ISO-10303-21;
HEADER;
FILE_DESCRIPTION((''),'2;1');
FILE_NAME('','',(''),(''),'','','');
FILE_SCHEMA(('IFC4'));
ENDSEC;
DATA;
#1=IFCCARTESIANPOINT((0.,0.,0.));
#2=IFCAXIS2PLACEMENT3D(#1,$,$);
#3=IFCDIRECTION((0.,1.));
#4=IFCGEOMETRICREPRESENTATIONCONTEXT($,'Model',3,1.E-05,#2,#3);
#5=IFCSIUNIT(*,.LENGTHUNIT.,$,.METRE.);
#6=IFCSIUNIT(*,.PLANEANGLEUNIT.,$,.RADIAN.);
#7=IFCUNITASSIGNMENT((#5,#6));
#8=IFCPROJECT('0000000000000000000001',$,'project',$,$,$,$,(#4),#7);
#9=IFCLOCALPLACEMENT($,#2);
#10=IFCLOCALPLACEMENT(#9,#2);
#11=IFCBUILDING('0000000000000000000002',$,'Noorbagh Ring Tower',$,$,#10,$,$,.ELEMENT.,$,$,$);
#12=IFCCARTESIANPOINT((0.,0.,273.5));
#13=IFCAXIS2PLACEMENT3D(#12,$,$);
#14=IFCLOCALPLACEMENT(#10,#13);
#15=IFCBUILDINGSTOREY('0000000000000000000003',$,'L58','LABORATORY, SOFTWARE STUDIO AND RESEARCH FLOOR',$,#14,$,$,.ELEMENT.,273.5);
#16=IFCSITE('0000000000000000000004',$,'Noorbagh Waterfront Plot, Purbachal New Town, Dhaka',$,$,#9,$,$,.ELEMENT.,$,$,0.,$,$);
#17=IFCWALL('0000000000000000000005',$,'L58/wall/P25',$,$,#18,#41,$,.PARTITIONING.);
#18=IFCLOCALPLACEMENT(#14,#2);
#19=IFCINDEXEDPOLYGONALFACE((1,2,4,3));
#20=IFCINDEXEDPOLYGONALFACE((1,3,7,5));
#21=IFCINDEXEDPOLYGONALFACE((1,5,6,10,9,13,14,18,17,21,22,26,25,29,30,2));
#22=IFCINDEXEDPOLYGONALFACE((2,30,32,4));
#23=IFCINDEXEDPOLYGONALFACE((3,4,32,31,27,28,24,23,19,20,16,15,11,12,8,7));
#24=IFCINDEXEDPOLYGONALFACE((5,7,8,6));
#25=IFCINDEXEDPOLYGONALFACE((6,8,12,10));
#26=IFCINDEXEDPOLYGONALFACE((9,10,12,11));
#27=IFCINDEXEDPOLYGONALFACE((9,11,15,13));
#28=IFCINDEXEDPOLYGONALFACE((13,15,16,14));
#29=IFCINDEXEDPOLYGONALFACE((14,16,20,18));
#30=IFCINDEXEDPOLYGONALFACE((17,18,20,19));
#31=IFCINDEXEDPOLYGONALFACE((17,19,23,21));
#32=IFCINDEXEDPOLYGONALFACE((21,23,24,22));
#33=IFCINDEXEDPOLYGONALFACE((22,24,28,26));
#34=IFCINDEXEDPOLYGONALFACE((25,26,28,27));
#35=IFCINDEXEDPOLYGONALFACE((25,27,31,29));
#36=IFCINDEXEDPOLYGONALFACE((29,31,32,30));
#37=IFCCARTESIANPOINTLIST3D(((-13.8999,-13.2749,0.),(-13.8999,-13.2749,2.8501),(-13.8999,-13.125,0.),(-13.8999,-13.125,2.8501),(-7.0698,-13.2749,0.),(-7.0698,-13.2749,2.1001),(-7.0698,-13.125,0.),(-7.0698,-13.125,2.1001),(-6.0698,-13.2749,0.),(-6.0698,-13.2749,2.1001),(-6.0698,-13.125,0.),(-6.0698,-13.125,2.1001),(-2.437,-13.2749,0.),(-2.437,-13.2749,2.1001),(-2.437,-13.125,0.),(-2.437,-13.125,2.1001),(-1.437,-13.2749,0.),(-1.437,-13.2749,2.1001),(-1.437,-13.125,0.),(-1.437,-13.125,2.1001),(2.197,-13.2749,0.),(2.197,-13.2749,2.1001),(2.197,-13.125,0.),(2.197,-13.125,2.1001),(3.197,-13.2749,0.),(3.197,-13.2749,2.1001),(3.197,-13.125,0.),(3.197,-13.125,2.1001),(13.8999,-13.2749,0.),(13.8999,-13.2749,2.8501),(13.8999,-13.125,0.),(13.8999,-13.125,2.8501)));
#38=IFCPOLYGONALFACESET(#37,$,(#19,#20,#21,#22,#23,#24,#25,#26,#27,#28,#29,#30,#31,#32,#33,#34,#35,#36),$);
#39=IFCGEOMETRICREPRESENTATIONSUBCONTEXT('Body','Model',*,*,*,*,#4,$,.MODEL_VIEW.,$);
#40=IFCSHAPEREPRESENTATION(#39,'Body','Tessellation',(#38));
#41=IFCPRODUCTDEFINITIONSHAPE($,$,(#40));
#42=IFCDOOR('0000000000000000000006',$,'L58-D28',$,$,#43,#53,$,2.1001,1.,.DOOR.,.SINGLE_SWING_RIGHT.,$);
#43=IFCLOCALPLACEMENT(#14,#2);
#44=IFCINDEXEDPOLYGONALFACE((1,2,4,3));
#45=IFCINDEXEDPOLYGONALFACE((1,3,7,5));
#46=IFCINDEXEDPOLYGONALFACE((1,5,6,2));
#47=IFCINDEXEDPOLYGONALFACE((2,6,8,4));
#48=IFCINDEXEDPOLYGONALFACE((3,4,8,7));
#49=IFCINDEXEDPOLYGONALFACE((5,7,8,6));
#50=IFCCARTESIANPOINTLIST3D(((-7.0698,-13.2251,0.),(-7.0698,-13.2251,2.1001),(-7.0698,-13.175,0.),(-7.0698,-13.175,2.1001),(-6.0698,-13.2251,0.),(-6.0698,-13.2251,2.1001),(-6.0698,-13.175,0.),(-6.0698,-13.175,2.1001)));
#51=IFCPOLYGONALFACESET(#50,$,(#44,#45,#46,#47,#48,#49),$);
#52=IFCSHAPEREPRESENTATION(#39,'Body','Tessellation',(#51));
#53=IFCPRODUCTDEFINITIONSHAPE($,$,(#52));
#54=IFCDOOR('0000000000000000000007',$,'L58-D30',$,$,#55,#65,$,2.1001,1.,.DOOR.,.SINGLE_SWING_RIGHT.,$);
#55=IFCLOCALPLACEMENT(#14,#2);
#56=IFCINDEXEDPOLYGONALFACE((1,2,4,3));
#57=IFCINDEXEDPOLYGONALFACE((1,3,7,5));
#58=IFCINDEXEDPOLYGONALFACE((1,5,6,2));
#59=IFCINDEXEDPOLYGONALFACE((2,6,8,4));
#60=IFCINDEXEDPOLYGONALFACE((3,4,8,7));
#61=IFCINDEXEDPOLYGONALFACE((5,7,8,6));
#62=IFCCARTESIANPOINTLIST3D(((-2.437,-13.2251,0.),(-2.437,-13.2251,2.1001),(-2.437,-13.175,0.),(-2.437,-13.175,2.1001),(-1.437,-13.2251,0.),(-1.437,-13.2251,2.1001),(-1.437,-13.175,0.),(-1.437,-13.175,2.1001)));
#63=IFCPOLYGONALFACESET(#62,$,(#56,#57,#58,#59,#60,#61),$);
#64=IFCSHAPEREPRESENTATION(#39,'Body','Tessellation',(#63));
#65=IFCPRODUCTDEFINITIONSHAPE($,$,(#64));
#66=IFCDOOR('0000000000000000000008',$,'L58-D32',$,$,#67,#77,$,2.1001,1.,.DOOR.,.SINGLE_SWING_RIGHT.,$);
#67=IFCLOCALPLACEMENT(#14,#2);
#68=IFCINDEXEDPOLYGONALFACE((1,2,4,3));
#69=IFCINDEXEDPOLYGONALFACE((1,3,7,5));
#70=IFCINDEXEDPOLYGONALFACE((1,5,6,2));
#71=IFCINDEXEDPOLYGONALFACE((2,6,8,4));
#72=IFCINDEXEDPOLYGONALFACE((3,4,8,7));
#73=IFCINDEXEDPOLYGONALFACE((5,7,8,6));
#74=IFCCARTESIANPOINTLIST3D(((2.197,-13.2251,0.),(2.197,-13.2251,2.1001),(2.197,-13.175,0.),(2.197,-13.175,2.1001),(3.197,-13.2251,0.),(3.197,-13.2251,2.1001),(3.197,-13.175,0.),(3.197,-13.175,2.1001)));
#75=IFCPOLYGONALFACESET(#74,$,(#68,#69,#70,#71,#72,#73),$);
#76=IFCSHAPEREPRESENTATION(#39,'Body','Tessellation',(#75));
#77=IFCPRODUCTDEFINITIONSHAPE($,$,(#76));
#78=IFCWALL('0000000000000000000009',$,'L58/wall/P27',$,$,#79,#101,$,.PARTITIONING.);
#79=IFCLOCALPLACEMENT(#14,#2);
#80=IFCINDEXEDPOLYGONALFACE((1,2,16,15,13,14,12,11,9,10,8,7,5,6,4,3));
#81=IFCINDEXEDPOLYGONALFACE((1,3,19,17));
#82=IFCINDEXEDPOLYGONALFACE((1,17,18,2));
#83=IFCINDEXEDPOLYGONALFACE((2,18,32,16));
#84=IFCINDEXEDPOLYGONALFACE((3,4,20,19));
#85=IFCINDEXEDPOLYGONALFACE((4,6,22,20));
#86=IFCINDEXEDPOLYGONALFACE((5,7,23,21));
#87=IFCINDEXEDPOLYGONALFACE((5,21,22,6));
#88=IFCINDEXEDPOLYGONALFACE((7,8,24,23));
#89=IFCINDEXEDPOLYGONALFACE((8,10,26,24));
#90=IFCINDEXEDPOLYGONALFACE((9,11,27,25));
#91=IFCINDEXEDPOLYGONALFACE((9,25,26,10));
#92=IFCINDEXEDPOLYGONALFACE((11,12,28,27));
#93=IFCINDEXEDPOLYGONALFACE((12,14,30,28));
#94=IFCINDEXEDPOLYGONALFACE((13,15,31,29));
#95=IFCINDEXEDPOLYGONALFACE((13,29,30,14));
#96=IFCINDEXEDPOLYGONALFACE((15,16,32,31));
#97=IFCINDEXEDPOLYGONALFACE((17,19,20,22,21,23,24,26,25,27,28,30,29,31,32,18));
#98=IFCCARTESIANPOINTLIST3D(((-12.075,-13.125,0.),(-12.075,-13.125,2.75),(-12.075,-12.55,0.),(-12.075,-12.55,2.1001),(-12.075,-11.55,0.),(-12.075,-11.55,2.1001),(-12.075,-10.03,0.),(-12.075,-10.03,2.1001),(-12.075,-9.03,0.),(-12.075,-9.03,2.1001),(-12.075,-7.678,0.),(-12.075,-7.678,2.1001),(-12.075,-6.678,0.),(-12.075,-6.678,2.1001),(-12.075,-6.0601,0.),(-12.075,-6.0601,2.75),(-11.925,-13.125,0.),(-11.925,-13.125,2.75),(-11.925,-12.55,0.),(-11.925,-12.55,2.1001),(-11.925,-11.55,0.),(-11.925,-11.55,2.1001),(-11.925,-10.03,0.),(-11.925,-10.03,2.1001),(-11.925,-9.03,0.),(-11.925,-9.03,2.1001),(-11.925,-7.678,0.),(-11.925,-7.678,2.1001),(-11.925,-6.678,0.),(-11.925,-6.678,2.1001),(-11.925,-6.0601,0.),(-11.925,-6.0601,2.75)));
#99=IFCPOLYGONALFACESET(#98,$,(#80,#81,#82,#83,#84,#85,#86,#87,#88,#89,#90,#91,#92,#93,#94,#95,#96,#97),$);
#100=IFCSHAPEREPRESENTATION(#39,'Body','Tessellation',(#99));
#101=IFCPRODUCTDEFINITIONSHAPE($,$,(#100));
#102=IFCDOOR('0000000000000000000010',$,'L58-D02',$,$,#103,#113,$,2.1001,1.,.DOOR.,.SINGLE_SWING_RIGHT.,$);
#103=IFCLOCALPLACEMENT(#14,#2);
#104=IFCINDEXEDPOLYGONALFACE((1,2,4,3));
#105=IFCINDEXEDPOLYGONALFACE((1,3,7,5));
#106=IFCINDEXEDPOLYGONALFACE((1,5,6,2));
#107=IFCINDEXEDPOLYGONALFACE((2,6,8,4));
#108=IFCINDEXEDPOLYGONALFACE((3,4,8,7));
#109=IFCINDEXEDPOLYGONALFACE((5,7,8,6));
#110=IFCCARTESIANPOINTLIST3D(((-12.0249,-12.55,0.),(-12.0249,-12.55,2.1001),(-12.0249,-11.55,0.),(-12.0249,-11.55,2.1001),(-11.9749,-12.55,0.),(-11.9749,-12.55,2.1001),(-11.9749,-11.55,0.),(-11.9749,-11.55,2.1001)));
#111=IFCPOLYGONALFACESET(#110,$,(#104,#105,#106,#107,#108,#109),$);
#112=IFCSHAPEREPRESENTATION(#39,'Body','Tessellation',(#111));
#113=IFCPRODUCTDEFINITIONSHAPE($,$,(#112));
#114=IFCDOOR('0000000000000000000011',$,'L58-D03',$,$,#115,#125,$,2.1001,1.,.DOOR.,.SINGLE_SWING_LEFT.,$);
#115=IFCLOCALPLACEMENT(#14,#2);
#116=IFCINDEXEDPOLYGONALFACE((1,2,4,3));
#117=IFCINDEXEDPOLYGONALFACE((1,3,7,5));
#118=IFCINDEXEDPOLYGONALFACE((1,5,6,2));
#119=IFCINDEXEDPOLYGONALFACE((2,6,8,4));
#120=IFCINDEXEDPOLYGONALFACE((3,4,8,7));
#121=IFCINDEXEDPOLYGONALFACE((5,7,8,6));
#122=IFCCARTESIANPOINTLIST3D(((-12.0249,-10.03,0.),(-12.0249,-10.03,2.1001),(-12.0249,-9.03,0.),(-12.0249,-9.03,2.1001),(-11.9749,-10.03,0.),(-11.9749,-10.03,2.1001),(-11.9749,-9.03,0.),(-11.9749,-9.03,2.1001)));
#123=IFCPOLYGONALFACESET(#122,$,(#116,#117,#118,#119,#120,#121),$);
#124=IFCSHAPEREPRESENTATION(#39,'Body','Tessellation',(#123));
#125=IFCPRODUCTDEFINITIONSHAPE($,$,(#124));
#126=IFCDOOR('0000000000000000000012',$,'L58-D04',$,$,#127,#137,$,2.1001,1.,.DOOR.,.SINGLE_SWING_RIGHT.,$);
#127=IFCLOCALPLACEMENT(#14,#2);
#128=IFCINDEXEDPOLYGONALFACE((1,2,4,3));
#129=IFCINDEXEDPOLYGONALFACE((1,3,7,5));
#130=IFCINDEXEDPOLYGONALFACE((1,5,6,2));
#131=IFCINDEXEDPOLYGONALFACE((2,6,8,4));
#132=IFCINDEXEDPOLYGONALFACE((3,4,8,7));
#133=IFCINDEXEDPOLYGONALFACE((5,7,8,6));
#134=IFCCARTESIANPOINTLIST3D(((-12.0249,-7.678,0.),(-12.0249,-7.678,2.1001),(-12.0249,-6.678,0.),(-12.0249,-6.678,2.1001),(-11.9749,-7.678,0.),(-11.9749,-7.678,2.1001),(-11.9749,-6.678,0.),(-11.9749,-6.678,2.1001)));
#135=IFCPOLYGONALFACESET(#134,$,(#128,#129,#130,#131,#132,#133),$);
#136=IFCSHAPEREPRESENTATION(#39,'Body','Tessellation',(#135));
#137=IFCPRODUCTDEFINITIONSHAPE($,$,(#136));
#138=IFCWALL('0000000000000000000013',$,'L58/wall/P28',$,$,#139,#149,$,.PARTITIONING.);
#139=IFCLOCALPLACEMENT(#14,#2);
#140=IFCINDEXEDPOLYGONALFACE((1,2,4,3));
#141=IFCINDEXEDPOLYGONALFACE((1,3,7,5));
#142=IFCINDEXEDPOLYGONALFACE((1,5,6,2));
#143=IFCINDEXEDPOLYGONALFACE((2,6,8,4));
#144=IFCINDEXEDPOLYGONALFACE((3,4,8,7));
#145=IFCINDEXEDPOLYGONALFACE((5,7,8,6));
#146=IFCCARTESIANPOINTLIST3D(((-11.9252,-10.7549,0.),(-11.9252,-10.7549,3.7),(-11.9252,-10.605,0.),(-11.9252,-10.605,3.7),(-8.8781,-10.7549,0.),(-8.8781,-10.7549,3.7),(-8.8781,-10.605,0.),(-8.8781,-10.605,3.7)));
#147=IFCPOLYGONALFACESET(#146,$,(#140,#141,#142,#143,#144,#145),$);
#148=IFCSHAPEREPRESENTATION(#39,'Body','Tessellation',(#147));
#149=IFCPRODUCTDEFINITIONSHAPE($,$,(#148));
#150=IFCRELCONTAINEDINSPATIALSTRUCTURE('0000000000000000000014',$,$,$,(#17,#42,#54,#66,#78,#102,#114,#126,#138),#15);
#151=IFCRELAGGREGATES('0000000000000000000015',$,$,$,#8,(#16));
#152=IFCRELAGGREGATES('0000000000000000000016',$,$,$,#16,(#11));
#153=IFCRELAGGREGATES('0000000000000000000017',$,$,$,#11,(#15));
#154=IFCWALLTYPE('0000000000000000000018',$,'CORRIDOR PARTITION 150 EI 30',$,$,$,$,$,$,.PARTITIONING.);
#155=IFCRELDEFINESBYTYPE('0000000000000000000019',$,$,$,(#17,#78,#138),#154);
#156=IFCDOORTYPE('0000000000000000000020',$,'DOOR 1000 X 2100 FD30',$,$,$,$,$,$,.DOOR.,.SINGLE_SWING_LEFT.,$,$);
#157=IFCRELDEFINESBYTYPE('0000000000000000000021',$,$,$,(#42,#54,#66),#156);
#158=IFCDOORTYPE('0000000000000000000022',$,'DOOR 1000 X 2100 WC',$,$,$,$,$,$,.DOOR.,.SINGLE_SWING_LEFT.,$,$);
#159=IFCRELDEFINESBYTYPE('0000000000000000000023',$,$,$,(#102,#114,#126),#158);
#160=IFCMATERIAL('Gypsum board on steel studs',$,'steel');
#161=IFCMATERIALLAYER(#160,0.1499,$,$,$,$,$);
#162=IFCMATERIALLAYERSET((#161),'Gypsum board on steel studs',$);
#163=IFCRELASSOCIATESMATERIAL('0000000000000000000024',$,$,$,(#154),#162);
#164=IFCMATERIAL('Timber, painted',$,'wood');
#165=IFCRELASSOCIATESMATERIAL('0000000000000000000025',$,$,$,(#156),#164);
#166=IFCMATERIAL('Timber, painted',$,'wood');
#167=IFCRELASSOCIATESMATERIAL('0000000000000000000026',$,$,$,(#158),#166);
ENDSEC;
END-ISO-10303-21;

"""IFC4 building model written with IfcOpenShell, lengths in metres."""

from ifc_helpers import new_model, si_unit, direction, frame, frame_2d, origin, place, context, subcontext, project, spatial, rectangle, extrude, material, layer, layer_set, type_object, element, fill, save


model = new_model("IFC4")

# Units and contexts
model_context = context("Model", 3, precision=1e-05, world=origin(), true_north=direction((0.0, 1.0)))
body_context = subcontext(model_context, "Body", "Model", "MODEL_VIEW")
ifc_project = project(units=[si_unit("LENGTHUNIT", "METRE"), si_unit("PLANEANGLEUNIT", "RADIAN")], contexts=[model_context])

# Site, building, storey
site_placement = place(None, origin())
site = spatial("IfcSite", under=ifc_project, at=site_placement, Name="Noorbagh Waterfront Plot, Purbachal New Town, Dhaka", CompositionType="ELEMENT", RefElevation=0.0)
building_placement = place(site_placement, origin())
building = spatial("IfcBuilding", under=site, at=building_placement, Name="Noorbagh Ring Tower", CompositionType="ELEMENT")
storey_placement = place(building_placement, frame((0.0, 0.0, 273.5)))
storey = spatial("IfcBuildingStorey", under=building, at=storey_placement, Name="L58", Description="LABORATORY, SOFTWARE STUDIO AND RESEARCH FLOOR", CompositionType="ELEMENT", Elevation=273.5)

# Shared definitions
ifc_material_1 = material(Name="Gypsum board on steel studs", Category="steel")
ifc_layer_1 = layer(ifc_material_1, 0.1499)
ifc_layer_set_1 = layer_set([ifc_layer_1], Name="Gypsum board on steel studs")
wall_type_1 = type_object("IfcWallType", Name="CORRIDOR PARTITION 150 EI 30", PredefinedType="PARTITIONING", material=ifc_layer_set_1)

# Shared definitions
ifc_material_2 = material(Name="Timber, painted", Category="wood")
door_type_1 = type_object("IfcDoorType", Name="DOOR 1000 X 2100 FD30", OperationType="SINGLE_SWING_LEFT", PredefinedType="DOOR", material=ifc_material_2)

# Walls, openings, doors
wall_1_placement = place(storey_placement, frame((-13.8999, -13.2, 0.0), z_axis=(0.0, 0.0, 1.0), x_axis=(1.0, 0.0, 0.0)))
wall_1 = element("IfcWall", 1, at=wall_1_placement, inside=storey, type_object=wall_type_1, Name="L58/wall/P25", PredefinedType="PARTITIONING", context=body_context, shape_type="SweptSolid", body=[
    extrude(rectangle(XDim=27.7998, YDim=0.1499, at=frame_2d((13.8999, 0.0))), origin(), (0.0, 0.0, 1.0), 2.8501),
])
opening_1_placement = place(wall_1_placement, frame((6.8301, 0.0, 0.0)))
opening_1 = element("IfcOpeningElement", 2, at=opening_1_placement, cuts=wall_1, PredefinedType="OPENING", context=body_context, shape_type="SweptSolid", body=[
    extrude(rectangle(XDim=1.0, YDim=2.1001, at=frame_2d((0.5, 1.05))), frame((0.0, 0.085, 0.0), z_axis=(0.0, -1.0, 0.0), x_axis=(1.0, 0.0, 0.0)), (0.0, 0.0, 1.0), 0.1699),
])
opening_2_placement = place(wall_1_placement, frame((11.4629, 0.0, 0.0)))
opening_2 = element("IfcOpeningElement", 3, at=opening_2_placement, cuts=wall_1, PredefinedType="OPENING", context=body_context, shape_type="SweptSolid", body=[
    extrude(rectangle(XDim=1.0, YDim=2.1001, at=frame_2d((0.5, 1.05))), frame((0.0, 0.085, 0.0), z_axis=(0.0, -1.0, 0.0), x_axis=(1.0, 0.0, 0.0)), (0.0, 0.0, 1.0), 0.1699),
])
opening_3_placement = place(wall_1_placement, frame((16.0969, 0.0, 0.0)))
opening_3 = element("IfcOpeningElement", 4, at=opening_3_placement, cuts=wall_1, PredefinedType="OPENING", context=body_context, shape_type="SweptSolid", body=[
    extrude(rectangle(XDim=1.0, YDim=2.1001, at=frame_2d((0.5, 1.05))), frame((0.0, 0.085, 0.0), z_axis=(0.0, -1.0, 0.0), x_axis=(1.0, 0.0, 0.0)), (0.0, 0.0, 1.0), 0.1699),
])
door_1_placement = place(opening_1_placement, origin())
door_1 = element("IfcDoor", 5, at=door_1_placement, inside=storey, type_object=door_type_1, Name="L58-D28", OperationType="SINGLE_SWING_RIGHT", OverallHeight=2.1001, OverallWidth=1.0, PredefinedType="DOOR", context=body_context, shape_type="SweptSolid", body=[
    extrude(rectangle(XDim=1.0, YDim=2.1001, at=frame_2d((0.5, 1.05))), frame((0.0, 0.0249, 0.0), z_axis=(0.0, -1.0, 0.0), x_axis=(1.0, 0.0, 0.0)), (0.0, 0.0, 1.0), 0.05),
])
fill(opening_1, door_1)
door_2_placement = place(opening_2_placement, origin())
door_2 = element("IfcDoor", 6, at=door_2_placement, inside=storey, type_object=door_type_1, Name="L58-D30", OperationType="SINGLE_SWING_RIGHT", OverallHeight=2.1001, OverallWidth=1.0, PredefinedType="DOOR", context=body_context, shape_type="SweptSolid", body=[
    extrude(rectangle(XDim=1.0, YDim=2.1001, at=frame_2d((0.5, 1.05))), frame((0.0, 0.0249, 0.0), z_axis=(0.0, -1.0, 0.0), x_axis=(1.0, 0.0, 0.0)), (0.0, 0.0, 1.0), 0.05),
])
fill(opening_2, door_2)
door_3_placement = place(opening_3_placement, origin())
door_3 = element("IfcDoor", 7, at=door_3_placement, inside=storey, type_object=door_type_1, Name="L58-D32", OperationType="SINGLE_SWING_RIGHT", OverallHeight=2.1001, OverallWidth=1.0, PredefinedType="DOOR", context=body_context, shape_type="SweptSolid", body=[
    extrude(rectangle(XDim=1.0, YDim=2.1001, at=frame_2d((0.5, 1.05))), frame((0.0, 0.0249, 0.0), z_axis=(0.0, -1.0, 0.0), x_axis=(1.0, 0.0, 0.0)), (0.0, 0.0, 1.0), 0.05),
])
fill(opening_3, door_3)
wall_2_placement = place(storey_placement, frame((-12.0, -13.125, 0.0), z_axis=(0.0, 0.0, 1.0), x_axis=(0.0, 1.0, 0.0)))
wall_2 = element("IfcWall", 8, at=wall_2_placement, inside=storey, type_object=wall_type_1, Name="L58/wall/P27", PredefinedType="PARTITIONING", context=body_context, shape_type="SweptSolid", body=[
    extrude(rectangle(XDim=7.0649, YDim=0.1499, at=frame_2d((3.5325, 0.0))), origin(), (0.0, 0.0, 1.0), 2.75),
])
opening_4_placement = place(wall_2_placement, frame((0.575, 0.0, 0.0)))
opening_4 = element("IfcOpeningElement", 9, at=opening_4_placement, cuts=wall_2, PredefinedType="OPENING", context=body_context, shape_type="SweptSolid", body=[
    extrude(rectangle(XDim=1.0, YDim=2.1001, at=frame_2d((0.5, 1.05))), frame((0.0, 0.085, 0.0), z_axis=(0.0, -1.0, 0.0), x_axis=(1.0, 0.0, 0.0)), (0.0, 0.0, 1.0), 0.1699),
])
opening_5_placement = place(wall_2_placement, frame((3.095, 0.0, 0.0)))
opening_5 = element("IfcOpeningElement", 10, at=opening_5_placement, cuts=wall_2, PredefinedType="OPENING", context=body_context, shape_type="SweptSolid", body=[
    extrude(rectangle(XDim=1.0, YDim=2.1001, at=frame_2d((0.5, 1.05))), frame((0.0, 0.085, 0.0), z_axis=(0.0, -1.0, 0.0), x_axis=(1.0, 0.0, 0.0)), (0.0, 0.0, 1.0), 0.1699),
])
opening_6_placement = place(wall_2_placement, frame((5.447, 0.0, 0.0)))
opening_6 = element("IfcOpeningElement", 11, at=opening_6_placement, cuts=wall_2, PredefinedType="OPENING", context=body_context, shape_type="SweptSolid", body=[
    extrude(rectangle(XDim=1.0, YDim=2.1001, at=frame_2d((0.5, 1.05))), frame((0.0, 0.085, 0.0), z_axis=(0.0, -1.0, 0.0), x_axis=(1.0, 0.0, 0.0)), (0.0, 0.0, 1.0), 0.1699),
])
ifc_material_3 = material(Name="Timber, painted", Category="wood")
door_type_2 = type_object("IfcDoorType", Name="DOOR 1000 X 2100 WC", OperationType="SINGLE_SWING_LEFT", PredefinedType="DOOR", material=ifc_material_3)
door_4_placement = place(opening_4_placement, origin())
door_4 = element("IfcDoor", 12, at=door_4_placement, inside=storey, type_object=door_type_2, Name="L58-D02", OperationType="SINGLE_SWING_RIGHT", OverallHeight=2.1001, OverallWidth=1.0, PredefinedType="DOOR", context=body_context, shape_type="SweptSolid", body=[
    extrude(rectangle(XDim=1.0, YDim=2.1001, at=frame_2d((0.5, 1.05))), frame((0.0, 0.0249, 0.0), z_axis=(0.0, -1.0, 0.0), x_axis=(1.0, 0.0, 0.0)), (0.0, 0.0, 1.0), 0.05),
])
fill(opening_4, door_4)
door_5_placement = place(opening_5_placement, origin())
door_5 = element("IfcDoor", 13, at=door_5_placement, inside=storey, type_object=door_type_2, Name="L58-D03", OperationType="SINGLE_SWING_LEFT", OverallHeight=2.1001, OverallWidth=1.0, PredefinedType="DOOR", context=body_context, shape_type="SweptSolid", body=[
    extrude(rectangle(XDim=1.0, YDim=2.1001, at=frame_2d((0.5, 1.05))), frame((0.0, 0.0249, 0.0), z_axis=(0.0, -1.0, 0.0), x_axis=(1.0, 0.0, 0.0)), (0.0, 0.0, 1.0), 0.05),
])
fill(opening_5, door_5)
door_6_placement = place(opening_6_placement, origin())
door_6 = element("IfcDoor", 14, at=door_6_placement, inside=storey, type_object=door_type_2, Name="L58-D04", OperationType="SINGLE_SWING_RIGHT", OverallHeight=2.1001, OverallWidth=1.0, PredefinedType="DOOR", context=body_context, shape_type="SweptSolid", body=[
    extrude(rectangle(XDim=1.0, YDim=2.1001, at=frame_2d((0.5, 1.05))), frame((0.0, 0.0249, 0.0), z_axis=(0.0, -1.0, 0.0), x_axis=(1.0, 0.0, 0.0)), (0.0, 0.0, 1.0), 0.05),
])
fill(opening_6, door_6)

# Wall
wall_3_placement = place(storey_placement, frame((-11.925, -10.6799, 0.0), z_axis=(0.0, 0.0, 1.0), x_axis=(1.0, 0.0, 0.0)))
element("IfcWall", 15, at=wall_3_placement, inside=storey, type_object=wall_type_1, Name="L58/wall/P28", PredefinedType="PARTITIONING", context=body_context, shape_type="SweptSolid", body=[
    extrude(rectangle(XDim=3.0471, YDim=0.1499, at=frame_2d((1.5234, 0.0))), origin(), (0.0, 0.0, 1.0), 3.7),
])

save(model, "model.ifc")
